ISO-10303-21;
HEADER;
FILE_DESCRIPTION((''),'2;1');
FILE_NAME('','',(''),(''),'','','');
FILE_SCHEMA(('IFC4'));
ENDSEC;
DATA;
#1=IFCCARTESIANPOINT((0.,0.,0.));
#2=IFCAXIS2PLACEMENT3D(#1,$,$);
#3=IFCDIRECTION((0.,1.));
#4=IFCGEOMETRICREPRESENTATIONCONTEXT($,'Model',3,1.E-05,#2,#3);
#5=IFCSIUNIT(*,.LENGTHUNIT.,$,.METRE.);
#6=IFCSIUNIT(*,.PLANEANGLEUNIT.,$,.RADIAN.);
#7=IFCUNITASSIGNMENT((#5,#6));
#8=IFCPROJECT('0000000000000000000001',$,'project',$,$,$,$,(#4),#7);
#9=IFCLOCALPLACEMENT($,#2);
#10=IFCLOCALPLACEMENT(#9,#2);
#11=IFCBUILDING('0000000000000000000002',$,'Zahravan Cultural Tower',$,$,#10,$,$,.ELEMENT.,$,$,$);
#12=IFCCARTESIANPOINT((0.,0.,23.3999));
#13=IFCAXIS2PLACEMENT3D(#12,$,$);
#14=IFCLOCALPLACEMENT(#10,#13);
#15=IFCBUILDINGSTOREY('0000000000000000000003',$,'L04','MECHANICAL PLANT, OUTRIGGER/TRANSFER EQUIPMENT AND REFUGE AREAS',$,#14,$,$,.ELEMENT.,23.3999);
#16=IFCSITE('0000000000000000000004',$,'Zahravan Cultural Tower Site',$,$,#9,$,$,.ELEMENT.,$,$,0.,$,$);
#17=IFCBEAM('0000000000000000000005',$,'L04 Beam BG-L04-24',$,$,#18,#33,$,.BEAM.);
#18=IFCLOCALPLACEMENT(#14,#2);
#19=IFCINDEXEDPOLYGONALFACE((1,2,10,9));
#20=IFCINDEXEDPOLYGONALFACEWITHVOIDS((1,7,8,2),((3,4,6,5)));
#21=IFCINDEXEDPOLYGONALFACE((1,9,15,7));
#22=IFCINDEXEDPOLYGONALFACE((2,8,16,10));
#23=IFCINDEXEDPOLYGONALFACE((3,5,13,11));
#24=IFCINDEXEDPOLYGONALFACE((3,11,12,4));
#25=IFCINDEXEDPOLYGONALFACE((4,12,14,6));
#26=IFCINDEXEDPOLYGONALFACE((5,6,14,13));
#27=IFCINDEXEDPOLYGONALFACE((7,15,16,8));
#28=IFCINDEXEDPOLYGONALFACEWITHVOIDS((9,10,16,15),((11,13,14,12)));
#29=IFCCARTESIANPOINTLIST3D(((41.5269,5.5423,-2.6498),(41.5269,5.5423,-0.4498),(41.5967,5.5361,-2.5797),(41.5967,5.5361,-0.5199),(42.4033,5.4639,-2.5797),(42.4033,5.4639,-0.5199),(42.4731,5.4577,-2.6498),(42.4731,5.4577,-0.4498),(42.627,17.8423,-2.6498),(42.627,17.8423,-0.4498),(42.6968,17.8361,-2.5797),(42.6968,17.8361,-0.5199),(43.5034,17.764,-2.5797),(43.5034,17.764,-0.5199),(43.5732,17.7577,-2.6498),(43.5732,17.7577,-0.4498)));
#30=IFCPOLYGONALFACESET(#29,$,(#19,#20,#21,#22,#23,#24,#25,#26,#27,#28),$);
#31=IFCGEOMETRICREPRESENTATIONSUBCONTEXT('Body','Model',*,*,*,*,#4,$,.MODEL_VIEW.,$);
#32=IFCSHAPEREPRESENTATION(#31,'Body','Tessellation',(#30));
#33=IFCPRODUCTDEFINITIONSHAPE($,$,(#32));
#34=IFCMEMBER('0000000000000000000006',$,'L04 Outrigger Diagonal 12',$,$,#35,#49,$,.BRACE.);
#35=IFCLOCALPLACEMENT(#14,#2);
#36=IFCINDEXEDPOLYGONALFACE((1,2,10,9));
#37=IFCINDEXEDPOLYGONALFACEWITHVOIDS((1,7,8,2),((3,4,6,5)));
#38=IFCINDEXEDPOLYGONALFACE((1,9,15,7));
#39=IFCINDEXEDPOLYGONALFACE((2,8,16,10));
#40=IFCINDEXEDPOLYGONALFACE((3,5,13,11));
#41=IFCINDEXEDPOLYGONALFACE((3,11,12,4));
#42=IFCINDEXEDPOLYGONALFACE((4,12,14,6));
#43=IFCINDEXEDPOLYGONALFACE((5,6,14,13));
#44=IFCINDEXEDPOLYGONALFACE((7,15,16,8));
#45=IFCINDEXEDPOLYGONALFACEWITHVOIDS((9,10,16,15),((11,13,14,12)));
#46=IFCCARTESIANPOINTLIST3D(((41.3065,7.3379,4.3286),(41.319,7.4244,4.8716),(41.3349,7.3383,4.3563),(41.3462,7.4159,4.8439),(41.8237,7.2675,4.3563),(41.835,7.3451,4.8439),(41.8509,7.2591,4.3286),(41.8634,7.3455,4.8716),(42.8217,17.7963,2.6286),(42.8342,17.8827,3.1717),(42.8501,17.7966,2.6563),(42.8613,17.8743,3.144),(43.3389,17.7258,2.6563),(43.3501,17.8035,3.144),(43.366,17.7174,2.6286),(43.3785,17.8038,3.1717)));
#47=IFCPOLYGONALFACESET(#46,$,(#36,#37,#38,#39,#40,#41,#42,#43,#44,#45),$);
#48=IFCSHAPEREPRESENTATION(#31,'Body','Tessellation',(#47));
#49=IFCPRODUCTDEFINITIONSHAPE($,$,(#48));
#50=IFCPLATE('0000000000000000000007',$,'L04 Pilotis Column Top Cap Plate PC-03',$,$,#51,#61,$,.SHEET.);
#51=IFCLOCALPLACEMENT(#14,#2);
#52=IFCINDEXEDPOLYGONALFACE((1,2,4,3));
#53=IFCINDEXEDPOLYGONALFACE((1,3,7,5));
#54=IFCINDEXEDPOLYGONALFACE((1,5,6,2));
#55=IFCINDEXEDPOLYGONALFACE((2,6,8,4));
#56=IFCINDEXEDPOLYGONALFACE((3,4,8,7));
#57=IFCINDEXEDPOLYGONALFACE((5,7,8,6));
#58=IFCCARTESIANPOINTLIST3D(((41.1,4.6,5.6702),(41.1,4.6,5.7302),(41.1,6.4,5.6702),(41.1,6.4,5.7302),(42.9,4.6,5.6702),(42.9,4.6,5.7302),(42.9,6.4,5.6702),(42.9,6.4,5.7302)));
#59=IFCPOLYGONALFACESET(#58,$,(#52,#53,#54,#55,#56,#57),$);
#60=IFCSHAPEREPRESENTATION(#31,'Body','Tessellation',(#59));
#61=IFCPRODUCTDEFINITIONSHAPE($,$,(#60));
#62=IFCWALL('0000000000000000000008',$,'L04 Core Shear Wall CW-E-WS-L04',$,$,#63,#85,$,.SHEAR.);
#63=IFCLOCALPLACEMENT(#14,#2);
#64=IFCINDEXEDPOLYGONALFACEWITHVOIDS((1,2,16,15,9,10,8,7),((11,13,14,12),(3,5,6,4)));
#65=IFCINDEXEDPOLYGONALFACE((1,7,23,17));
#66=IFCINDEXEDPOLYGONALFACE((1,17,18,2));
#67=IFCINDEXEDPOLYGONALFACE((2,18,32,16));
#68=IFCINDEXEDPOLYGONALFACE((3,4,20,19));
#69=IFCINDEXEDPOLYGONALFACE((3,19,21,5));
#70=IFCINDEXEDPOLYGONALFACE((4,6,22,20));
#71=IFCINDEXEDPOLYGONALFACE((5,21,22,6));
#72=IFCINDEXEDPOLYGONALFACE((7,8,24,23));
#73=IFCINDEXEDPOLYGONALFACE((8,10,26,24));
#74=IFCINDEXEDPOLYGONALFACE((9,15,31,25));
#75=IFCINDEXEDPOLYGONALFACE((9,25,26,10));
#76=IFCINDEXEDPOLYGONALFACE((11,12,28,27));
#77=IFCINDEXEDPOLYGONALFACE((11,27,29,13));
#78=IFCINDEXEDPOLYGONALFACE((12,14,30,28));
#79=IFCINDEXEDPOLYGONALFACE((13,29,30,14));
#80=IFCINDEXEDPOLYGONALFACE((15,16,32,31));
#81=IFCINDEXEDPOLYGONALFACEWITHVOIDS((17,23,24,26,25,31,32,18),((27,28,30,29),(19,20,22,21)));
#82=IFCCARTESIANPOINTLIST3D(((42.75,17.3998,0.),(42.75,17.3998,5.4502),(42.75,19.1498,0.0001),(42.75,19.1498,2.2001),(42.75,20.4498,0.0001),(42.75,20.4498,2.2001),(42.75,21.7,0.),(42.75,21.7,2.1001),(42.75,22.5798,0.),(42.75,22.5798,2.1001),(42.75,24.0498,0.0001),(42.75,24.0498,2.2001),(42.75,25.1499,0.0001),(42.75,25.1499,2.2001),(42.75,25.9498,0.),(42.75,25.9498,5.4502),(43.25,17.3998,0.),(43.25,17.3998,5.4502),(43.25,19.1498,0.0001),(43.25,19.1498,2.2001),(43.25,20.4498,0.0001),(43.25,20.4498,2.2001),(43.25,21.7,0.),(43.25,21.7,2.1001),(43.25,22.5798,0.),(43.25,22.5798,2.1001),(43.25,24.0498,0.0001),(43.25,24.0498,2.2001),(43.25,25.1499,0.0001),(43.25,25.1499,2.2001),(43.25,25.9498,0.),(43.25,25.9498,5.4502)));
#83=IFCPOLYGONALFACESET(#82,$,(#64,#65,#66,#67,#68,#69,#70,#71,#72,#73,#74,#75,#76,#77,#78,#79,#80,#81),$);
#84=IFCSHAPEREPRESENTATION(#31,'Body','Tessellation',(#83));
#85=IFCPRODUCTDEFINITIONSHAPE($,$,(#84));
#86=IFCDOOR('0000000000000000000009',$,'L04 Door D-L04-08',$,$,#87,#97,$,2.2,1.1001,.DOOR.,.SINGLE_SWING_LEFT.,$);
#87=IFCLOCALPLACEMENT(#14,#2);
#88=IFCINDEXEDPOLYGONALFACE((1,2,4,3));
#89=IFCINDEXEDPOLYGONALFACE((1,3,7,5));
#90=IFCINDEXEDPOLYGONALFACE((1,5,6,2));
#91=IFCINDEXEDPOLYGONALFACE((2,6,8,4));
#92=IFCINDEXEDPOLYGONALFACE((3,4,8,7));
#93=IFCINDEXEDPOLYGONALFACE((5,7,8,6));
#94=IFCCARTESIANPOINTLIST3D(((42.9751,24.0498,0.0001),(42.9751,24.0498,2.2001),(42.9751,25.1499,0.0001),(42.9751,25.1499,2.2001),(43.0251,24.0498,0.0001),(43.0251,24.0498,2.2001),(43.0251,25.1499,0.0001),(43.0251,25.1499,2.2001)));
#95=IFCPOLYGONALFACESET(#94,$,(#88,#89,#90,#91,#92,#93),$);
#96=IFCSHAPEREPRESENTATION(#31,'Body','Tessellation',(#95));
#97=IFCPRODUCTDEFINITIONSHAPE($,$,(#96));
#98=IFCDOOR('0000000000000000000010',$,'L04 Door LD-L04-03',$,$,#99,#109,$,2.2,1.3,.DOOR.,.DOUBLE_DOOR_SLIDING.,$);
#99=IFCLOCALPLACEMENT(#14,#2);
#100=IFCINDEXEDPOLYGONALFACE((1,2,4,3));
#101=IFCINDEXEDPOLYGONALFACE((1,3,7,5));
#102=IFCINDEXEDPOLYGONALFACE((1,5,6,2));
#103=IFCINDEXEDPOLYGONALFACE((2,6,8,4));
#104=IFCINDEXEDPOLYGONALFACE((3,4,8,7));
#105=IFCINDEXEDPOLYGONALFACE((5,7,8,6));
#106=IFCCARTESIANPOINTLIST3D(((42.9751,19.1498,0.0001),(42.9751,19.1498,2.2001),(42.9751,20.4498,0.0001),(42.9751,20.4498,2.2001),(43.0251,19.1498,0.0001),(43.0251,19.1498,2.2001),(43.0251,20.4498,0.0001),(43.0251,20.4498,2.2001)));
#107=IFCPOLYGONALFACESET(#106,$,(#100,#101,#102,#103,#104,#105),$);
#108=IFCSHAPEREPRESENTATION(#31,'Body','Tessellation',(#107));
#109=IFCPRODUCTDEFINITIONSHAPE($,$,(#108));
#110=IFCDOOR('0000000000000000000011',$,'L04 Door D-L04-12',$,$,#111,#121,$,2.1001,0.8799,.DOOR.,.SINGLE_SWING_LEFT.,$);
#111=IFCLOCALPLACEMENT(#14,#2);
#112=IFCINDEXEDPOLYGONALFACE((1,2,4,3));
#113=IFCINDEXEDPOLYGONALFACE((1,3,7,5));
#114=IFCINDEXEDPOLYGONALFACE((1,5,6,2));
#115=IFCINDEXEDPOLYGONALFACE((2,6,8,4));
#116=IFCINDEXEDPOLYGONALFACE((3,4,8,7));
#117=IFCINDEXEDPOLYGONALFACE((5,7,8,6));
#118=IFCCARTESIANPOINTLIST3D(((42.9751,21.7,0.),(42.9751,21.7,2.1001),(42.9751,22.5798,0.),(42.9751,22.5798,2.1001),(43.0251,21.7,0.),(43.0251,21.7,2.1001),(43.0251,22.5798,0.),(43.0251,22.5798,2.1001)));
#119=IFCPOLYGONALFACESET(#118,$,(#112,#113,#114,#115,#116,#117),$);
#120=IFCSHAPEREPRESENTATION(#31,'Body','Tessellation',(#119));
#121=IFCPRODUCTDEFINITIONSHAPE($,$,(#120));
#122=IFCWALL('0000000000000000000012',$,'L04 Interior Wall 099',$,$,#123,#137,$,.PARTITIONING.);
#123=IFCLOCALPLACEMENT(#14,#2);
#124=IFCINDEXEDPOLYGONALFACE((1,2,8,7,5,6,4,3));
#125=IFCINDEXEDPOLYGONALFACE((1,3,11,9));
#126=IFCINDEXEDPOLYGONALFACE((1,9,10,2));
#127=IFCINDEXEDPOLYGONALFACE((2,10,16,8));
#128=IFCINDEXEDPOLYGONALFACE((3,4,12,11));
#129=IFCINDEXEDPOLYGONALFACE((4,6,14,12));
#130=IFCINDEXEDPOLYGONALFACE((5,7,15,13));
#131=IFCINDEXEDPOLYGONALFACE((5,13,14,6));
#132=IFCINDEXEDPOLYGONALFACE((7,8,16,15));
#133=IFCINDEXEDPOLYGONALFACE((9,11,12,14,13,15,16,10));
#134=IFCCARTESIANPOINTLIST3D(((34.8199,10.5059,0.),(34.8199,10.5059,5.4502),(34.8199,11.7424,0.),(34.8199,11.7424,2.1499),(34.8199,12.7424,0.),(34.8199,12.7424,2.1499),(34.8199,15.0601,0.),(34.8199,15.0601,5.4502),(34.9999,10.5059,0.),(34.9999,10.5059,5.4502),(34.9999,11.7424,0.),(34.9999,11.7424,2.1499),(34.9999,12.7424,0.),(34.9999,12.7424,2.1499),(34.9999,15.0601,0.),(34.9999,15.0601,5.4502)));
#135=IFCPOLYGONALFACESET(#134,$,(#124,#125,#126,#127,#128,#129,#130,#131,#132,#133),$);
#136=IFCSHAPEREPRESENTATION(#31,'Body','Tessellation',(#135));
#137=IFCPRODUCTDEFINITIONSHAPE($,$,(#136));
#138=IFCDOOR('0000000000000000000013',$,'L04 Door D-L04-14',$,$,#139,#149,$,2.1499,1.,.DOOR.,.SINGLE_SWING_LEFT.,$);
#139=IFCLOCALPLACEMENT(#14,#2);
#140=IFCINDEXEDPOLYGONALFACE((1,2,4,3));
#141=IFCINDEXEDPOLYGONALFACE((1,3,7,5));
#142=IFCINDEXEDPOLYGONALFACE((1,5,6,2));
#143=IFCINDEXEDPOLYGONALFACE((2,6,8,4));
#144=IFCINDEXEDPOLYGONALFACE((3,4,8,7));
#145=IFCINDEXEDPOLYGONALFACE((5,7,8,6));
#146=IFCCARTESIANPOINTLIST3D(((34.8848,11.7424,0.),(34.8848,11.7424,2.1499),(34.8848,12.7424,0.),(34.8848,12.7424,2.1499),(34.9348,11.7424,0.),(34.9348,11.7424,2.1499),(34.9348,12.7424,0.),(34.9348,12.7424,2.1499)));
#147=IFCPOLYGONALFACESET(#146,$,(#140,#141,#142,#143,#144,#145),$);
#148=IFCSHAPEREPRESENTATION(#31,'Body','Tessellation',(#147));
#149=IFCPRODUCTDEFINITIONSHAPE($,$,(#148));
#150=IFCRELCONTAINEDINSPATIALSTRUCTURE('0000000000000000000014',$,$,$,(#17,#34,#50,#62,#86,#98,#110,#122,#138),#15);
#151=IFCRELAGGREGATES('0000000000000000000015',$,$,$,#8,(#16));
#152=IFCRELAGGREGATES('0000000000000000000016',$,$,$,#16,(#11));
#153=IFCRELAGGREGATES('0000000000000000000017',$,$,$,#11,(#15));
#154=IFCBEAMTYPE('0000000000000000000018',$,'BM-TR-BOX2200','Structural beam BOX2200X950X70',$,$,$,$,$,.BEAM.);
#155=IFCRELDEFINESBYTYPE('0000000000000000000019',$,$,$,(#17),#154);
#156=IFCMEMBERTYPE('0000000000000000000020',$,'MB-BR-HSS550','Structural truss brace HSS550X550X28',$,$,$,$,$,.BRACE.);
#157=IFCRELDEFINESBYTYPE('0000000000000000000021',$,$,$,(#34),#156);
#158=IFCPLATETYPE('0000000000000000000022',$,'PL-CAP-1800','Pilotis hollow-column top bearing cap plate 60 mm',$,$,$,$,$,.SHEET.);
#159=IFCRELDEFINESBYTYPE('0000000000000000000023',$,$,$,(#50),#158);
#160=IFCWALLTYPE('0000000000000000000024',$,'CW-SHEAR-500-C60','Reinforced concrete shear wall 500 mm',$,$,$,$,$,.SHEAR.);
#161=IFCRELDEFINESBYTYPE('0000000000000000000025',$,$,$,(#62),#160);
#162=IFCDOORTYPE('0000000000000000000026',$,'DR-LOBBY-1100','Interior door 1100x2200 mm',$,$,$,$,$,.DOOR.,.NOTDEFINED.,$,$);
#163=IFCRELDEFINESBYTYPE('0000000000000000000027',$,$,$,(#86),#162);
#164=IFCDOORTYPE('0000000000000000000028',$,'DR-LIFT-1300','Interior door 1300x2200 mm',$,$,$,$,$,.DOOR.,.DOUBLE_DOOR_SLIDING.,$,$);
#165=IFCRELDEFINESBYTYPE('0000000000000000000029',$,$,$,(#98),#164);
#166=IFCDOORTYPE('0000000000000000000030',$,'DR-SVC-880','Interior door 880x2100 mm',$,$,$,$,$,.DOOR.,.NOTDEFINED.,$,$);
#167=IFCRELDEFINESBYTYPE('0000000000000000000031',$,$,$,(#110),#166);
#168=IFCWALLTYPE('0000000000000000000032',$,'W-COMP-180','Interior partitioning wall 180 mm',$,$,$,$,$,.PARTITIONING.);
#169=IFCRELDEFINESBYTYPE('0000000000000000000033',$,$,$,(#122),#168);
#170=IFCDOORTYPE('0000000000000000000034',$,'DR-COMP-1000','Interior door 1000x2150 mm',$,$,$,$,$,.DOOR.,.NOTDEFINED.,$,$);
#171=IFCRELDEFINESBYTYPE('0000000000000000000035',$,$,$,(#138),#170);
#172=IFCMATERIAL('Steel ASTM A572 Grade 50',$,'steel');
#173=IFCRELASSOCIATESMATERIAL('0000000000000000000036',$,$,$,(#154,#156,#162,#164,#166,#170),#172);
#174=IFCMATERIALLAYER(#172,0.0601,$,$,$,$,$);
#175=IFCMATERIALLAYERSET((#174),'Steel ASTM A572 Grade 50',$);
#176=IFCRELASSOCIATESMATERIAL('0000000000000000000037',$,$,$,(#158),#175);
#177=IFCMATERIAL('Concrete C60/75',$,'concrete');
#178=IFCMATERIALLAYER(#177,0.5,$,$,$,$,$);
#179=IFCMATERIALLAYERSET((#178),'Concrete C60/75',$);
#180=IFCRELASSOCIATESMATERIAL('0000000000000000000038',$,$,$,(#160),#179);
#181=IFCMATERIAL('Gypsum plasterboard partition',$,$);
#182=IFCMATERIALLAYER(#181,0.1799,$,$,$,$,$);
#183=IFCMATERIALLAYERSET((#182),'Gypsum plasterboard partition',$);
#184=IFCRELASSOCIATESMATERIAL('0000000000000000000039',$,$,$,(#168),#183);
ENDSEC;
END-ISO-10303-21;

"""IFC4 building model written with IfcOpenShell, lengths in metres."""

from ifc_helpers import new_model, si_unit, direction, frame, frame_2d, origin, origin_2d, place, context, subcontext, project, spatial, rectangle, hollow_rectangle, extrude, source, transform, mapped, material, layer, layer_set, material_profile, profile_set, type_object, element, fill, save


model = new_model("IFC4")

# Units and contexts
model_context = context("Model", 3, precision=1e-05, world=origin(), true_north=direction((0.0, 1.0)))
body_context = subcontext(model_context, "Body", "Model", "MODEL_VIEW")
ifc_project = project(units=[si_unit("LENGTHUNIT", "METRE"), si_unit("PLANEANGLEUNIT", "RADIAN")], contexts=[model_context])

# Site, building, storey
site_placement = place(None, origin())
site = spatial("IfcSite", under=ifc_project, at=site_placement, Name="Zahravan Cultural Tower Site", CompositionType="ELEMENT", RefElevation=0.0)
building_placement = place(site_placement, origin())
building = spatial("IfcBuilding", under=site, at=building_placement, Name="Zahravan Cultural Tower", CompositionType="ELEMENT")
storey_placement = place(building_placement, frame((0.0, 0.0, 23.3999)))
storey = spatial("IfcBuildingStorey", under=building, at=storey_placement, Name="L04", Description="MECHANICAL PLANT, OUTRIGGER/TRANSFER EQUIPMENT AND REFUGE AREAS", CompositionType="ELEMENT", Elevation=23.3999)

# Shared definitions
ifc_material_1 = material(Name="Concrete C60/75", Category="concrete")
ifc_material_2 = material(Name="Steel ASTM A572 Grade 50", Category="steel")

# Beam
ifc_material_profile_1 = material_profile(ifc_material_2, hollow_rectangle(XDim=0.95, YDim=2.2, WallThickness=0.0701, at=origin_2d()), Name="BOX2200X950X70")
ifc_profile_set_1 = profile_set([ifc_material_profile_1], Name="Steel ASTM A572 Grade 50")
beam_type_1 = type_object("IfcBeamType", Name="BM-TR-BOX2200", Description="Structural beam BOX2200X950X70", PredefinedType="BEAM", material=ifc_profile_set_1)
shared_shape_1 = source(origin(), body_context, "Body", "SweptSolid", [
    extrude(hollow_rectangle(XDim=0.95, YDim=2.2, WallThickness=0.0701, at=origin_2d()), origin(), (0.0, 0.0, 1.0), 12.3491),
])
beam_1_placement = place(storey_placement, frame((42.0, 5.5, -1.5498), z_axis=(0.089083, 0.996024, 0.0), x_axis=(-0.996024, 0.089083, 0.0)))
element("IfcBeam", 1, at=beam_1_placement, inside=storey, type_object=beam_type_1, Name="L04 Beam BG-L04-24", PredefinedType="BEAM", context=body_context, shape_type="MappedRepresentation", body=[
    mapped(shared_shape_1, transform((0.0, 0.0, 0.0), x_axis=(1.0, 0.0, 0.0), y_axis=(0.0, 1.0, 0.0), z_axis=(0.0, 0.0, 1.0), scale=1.0)),
])

# Member
ifc_material_profile_2 = material_profile(ifc_material_2, hollow_rectangle(XDim=0.55, YDim=0.55, WallThickness=0.0281, at=origin_2d()), Name="HSS550X550X28")
ifc_profile_set_2 = profile_set([ifc_material_profile_2], Name="Steel ASTM A572 Grade 50")
member_type = type_object("IfcMemberType", Name="MB-BR-HSS550", Description="Structural truss brace HSS550X550X28", PredefinedType="BRACE", material=ifc_profile_set_2)
shared_shape_2 = source(origin(), body_context, "Body", "SweptSolid", [
    extrude(hollow_rectangle(XDim=0.55, YDim=0.55, WallThickness=0.0281, at=origin_2d()), origin(), (0.0, 0.0, 1.0), 10.7034),
])
member_placement = place(storey_placement, frame((43.1001, 17.8, 2.9001), z_axis=(-0.141558, -0.977106, 0.158825), x_axis=(0.989668, -0.143378, 0.0)))
element("IfcMember", 2, at=member_placement, inside=storey, type_object=member_type, Name="L04 Outrigger Diagonal 12", PredefinedType="BRACE", context=body_context, shape_type="MappedRepresentation", body=[
    mapped(shared_shape_2, transform((0.0, 0.0, 0.0), x_axis=(1.0, 0.0, 0.0), y_axis=(0.0, 1.0, 0.0), z_axis=(0.0, 0.0, 1.0), scale=1.0)),
])

# Plate
ifc_layer_1 = layer(ifc_material_2, 0.0601)
ifc_layer_set_1 = layer_set([ifc_layer_1], Name="Steel ASTM A572 Grade 50")
plate_type = type_object("IfcPlateType", Name="PL-CAP-1800", Description="Pilotis hollow-column top bearing cap plate 60 mm", PredefinedType="SHEET", material=ifc_layer_set_1)
shared_shape_3 = source(origin(), body_context, "Body", "SweptSolid", [
    extrude(rectangle(XDim=1.8, YDim=1.8, at=origin_2d()), origin(), (0.0, 0.0, 1.0), 0.0601),
])
plate_placement = place(storey_placement, frame((42.0, 5.5, 5.6702), z_axis=(0.0, 0.0, 1.0), x_axis=(1.0, 0.0, 0.0)))
element("IfcPlate", 3, at=plate_placement, inside=storey, type_object=plate_type, Name="L04 Pilotis Column Top Cap Plate PC-03", PredefinedType="SHEET", context=body_context, shape_type="MappedRepresentation", body=[
    mapped(shared_shape_3, transform((0.0, 0.0, 0.0), x_axis=(1.0, 0.0, 0.0), y_axis=(0.0, 1.0, 0.0), z_axis=(0.0, 0.0, 1.0), scale=1.0)),
])

# Wall, openings, doors
ifc_layer_2 = layer(ifc_material_1, 0.5)
ifc_layer_set_2 = layer_set([ifc_layer_2], Name="Concrete C60/75")
wall_type_1 = type_object("IfcWallType", Name="CW-SHEAR-500-C60", Description="Reinforced concrete shear wall 500 mm", PredefinedType="SHEAR", material=ifc_layer_set_2)
wall_1_placement = place(storey_placement, frame((43.0, 17.3999, 0.0), z_axis=(0.0, 0.0, 1.0), x_axis=(0.0, 1.0, 0.0)))
wall_1 = element("IfcWall", 4, at=wall_1_placement, inside=storey, type_object=wall_type_1, Name="L04 Core Shear Wall CW-E-WS-L04", PredefinedType="SHEAR", context=body_context, shape_type="SweptSolid", body=[
    extrude(rectangle(XDim=8.55, YDim=0.5, at=frame_2d((4.2749, 0.0))), origin(), (0.0, 0.0, 1.0), 5.4502),
])
opening_1_placement = place(wall_1_placement, frame((6.6499, 0.0, 0.0)))
opening_1 = element("IfcOpeningElement", 5, at=opening_1_placement, cuts=wall_1, PredefinedType="OPENING", context=body_context, shape_type="SweptSolid", body=[
    extrude(rectangle(XDim=1.1001, YDim=2.2, at=frame_2d((0.55, 1.1001))), frame((0.0, 0.26, 0.0), z_axis=(0.0, -1.0, 0.0), x_axis=(1.0, 0.0, 0.0)), (0.0, 0.0, 1.0), 0.52),
])
opening_2_placement = place(wall_1_placement, frame((1.75, 0.0, 0.0)))
opening_2 = element("IfcOpeningElement", 6, at=opening_2_placement, cuts=wall_1, PredefinedType="OPENING", context=body_context, shape_type="SweptSolid", body=[
    extrude(rectangle(XDim=1.3, YDim=2.2, at=frame_2d((0.6499, 1.1001))), frame((0.0, 0.26, 0.0), z_axis=(0.0, -1.0, 0.0), x_axis=(1.0, 0.0, 0.0)), (0.0, 0.0, 1.0), 0.52),
])
opening_3_placement = place(wall_1_placement, frame((4.3, 0.0, 0.0)))
opening_3 = element("IfcOpeningElement", 7, at=opening_3_placement, cuts=wall_1, PredefinedType="OPENING", context=body_context, shape_type="SweptSolid", body=[
    extrude(rectangle(XDim=0.8799, YDim=2.1001, at=frame_2d((0.4399, 1.05))), frame((0.0, 0.26, 0.0), z_axis=(0.0, -1.0, 0.0), x_axis=(1.0, 0.0, 0.0)), (0.0, 0.0, 1.0), 0.52),
])
door_type_1 = type_object("IfcDoorType", Name="DR-LOBBY-1100", Description="Interior door 1100x2200 mm", OperationType="NOTDEFINED", PredefinedType="DOOR", material=ifc_material_2)
shared_shape_4 = source(origin(), body_context, "Body", "SweptSolid", [
    extrude(rectangle(XDim=1.1001, YDim=2.2, at=frame_2d((0.55, 1.1001))), frame((0.0, 0.0249, 0.0), z_axis=(0.0, -1.0, 0.0), x_axis=(1.0, 0.0, 0.0)), (0.0, 0.0, 1.0), 0.05),
])
door_1_placement = place(opening_1_placement, origin())
door_1 = element("IfcDoor", 8, at=door_1_placement, inside=storey, type_object=door_type_1, Name="L04 Door D-L04-08", OperationType="SINGLE_SWING_LEFT", OverallHeight=2.2, OverallWidth=1.1001, PredefinedType="DOOR", context=body_context, shape_type="MappedRepresentation", body=[
    mapped(shared_shape_4, transform((0.0, 0.0, 0.0), x_axis=(1.0, 0.0, 0.0), y_axis=(0.0, 1.0, 0.0), z_axis=(0.0, 0.0, 1.0), scale=1.0)),
])
fill(opening_1, door_1)
door_type_2 = type_object("IfcDoorType", Name="DR-LIFT-1300", Description="Interior door 1300x2200 mm", OperationType="DOUBLE_DOOR_SLIDING", PredefinedType="DOOR", material=ifc_material_2)
shared_shape_5 = source(origin(), body_context, "Body", "SweptSolid", [
    extrude(rectangle(XDim=1.3, YDim=2.2, at=frame_2d((0.6499, 1.1001))), frame((0.0, 0.0249, 0.0), z_axis=(0.0, -1.0, 0.0), x_axis=(1.0, 0.0, 0.0)), (0.0, 0.0, 1.0), 0.05),
])
door_2_placement = place(opening_2_placement, origin())
door_2 = element("IfcDoor", 9, at=door_2_placement, inside=storey, type_object=door_type_2, Name="L04 Door LD-L04-03", OperationType="DOUBLE_DOOR_SLIDING", OverallHeight=2.2, OverallWidth=1.3, PredefinedType="DOOR", context=body_context, shape_type="MappedRepresentation", body=[
    mapped(shared_shape_5, transform((0.0, 0.0, 0.0), x_axis=(1.0, 0.0, 0.0), y_axis=(0.0, 1.0, 0.0), z_axis=(0.0, 0.0, 1.0), scale=1.0)),
])
fill(opening_2, door_2)
door_type_3 = type_object("IfcDoorType", Name="DR-SVC-880", Description="Interior door 880x2100 mm", OperationType="NOTDEFINED", PredefinedType="DOOR", material=ifc_material_2)
shared_shape_6 = source(origin(), body_context, "Body", "SweptSolid", [
    extrude(rectangle(XDim=0.8799, YDim=2.1001, at=frame_2d((0.4399, 1.05))), frame((0.0, 0.0249, 0.0), z_axis=(0.0, -1.0, 0.0), x_axis=(1.0, 0.0, 0.0)), (0.0, 0.0, 1.0), 0.05),
])
door_3_placement = place(opening_3_placement, origin())
door_3 = element("IfcDoor", 10, at=door_3_placement, inside=storey, type_object=door_type_3, Name="L04 Door D-L04-12", OperationType="SINGLE_SWING_LEFT", OverallHeight=2.1001, OverallWidth=0.8799, PredefinedType="DOOR", context=body_context, shape_type="MappedRepresentation", body=[
    mapped(shared_shape_6, transform((0.0, 0.0, 0.0), x_axis=(1.0, 0.0, 0.0), y_axis=(0.0, 1.0, 0.0), z_axis=(0.0, 0.0, 1.0), scale=1.0)),
])
fill(opening_3, door_3)

# Wall, opening, door
ifc_material_3 = material(Name="Gypsum plasterboard partition")
ifc_layer_3 = layer(ifc_material_3, 0.1799)
ifc_layer_set_3 = layer_set([ifc_layer_3], Name="Gypsum plasterboard partition")
wall_type_2 = type_object("IfcWallType", Name="W-COMP-180", Description="Interior partitioning wall 180 mm", PredefinedType="PARTITIONING", material=ifc_layer_set_3)
wall_2_placement = place(storey_placement, frame((34.9099, 15.0601, 0.0), z_axis=(0.0, 0.0, 1.0), x_axis=(0.0, -1.0, 0.0)))
wall_2 = element("IfcWall", 11, at=wall_2_placement, inside=storey, type_object=wall_type_2, Name="L04 Interior Wall 099", PredefinedType="PARTITIONING", context=body_context, shape_type="SweptSolid", body=[
    extrude(rectangle(XDim=4.5542, YDim=0.1799, at=frame_2d((2.2771, 0.0))), origin(), (0.0, 0.0, 1.0), 5.4502),
])
opening_4_placement = place(wall_2_placement, frame((2.3176, 0.0, 0.0)))
opening_4 = element("IfcOpeningElement", 12, at=opening_4_placement, cuts=wall_2, PredefinedType="OPENING", context=body_context, shape_type="SweptSolid", body=[
    extrude(rectangle(XDim=1.0, YDim=2.1499, at=frame_2d((0.5, 1.075))), frame((0.0, 0.0999, 0.0), z_axis=(0.0, -1.0, 0.0), x_axis=(1.0, 0.0, 0.0)), (0.0, 0.0, 1.0), 0.2),
])
door_type_4 = type_object("IfcDoorType", Name="DR-COMP-1000", Description="Interior door 1000x2150 mm", OperationType="NOTDEFINED", PredefinedType="DOOR", material=ifc_material_2)
shared_shape_7 = source(origin(), body_context, "Body", "SweptSolid", [
    extrude(rectangle(XDim=1.0, YDim=2.1499, at=frame_2d((0.5, 1.075))), frame((0.0, 0.0249, 0.0), z_axis=(0.0, -1.0, 0.0), x_axis=(1.0, 0.0, 0.0)), (0.0, 0.0, 1.0), 0.05),
])
door_4_placement = place(opening_4_placement, origin())
door_4 = element("IfcDoor", 13, at=door_4_placement, inside=storey, type_object=door_type_4, Name="L04 Door D-L04-14", OperationType="SINGLE_SWING_LEFT", OverallHeight=2.1499, OverallWidth=1.0, PredefinedType="DOOR", context=body_context, shape_type="MappedRepresentation", body=[
    mapped(shared_shape_7, transform((0.0, 0.0, 0.0), x_axis=(1.0, 0.0, 0.0), y_axis=(0.0, 1.0, 0.0), z_axis=(0.0, 0.0, 1.0), scale=1.0)),
])
fill(opening_4, door_4)

save(model, "model.ifc")
